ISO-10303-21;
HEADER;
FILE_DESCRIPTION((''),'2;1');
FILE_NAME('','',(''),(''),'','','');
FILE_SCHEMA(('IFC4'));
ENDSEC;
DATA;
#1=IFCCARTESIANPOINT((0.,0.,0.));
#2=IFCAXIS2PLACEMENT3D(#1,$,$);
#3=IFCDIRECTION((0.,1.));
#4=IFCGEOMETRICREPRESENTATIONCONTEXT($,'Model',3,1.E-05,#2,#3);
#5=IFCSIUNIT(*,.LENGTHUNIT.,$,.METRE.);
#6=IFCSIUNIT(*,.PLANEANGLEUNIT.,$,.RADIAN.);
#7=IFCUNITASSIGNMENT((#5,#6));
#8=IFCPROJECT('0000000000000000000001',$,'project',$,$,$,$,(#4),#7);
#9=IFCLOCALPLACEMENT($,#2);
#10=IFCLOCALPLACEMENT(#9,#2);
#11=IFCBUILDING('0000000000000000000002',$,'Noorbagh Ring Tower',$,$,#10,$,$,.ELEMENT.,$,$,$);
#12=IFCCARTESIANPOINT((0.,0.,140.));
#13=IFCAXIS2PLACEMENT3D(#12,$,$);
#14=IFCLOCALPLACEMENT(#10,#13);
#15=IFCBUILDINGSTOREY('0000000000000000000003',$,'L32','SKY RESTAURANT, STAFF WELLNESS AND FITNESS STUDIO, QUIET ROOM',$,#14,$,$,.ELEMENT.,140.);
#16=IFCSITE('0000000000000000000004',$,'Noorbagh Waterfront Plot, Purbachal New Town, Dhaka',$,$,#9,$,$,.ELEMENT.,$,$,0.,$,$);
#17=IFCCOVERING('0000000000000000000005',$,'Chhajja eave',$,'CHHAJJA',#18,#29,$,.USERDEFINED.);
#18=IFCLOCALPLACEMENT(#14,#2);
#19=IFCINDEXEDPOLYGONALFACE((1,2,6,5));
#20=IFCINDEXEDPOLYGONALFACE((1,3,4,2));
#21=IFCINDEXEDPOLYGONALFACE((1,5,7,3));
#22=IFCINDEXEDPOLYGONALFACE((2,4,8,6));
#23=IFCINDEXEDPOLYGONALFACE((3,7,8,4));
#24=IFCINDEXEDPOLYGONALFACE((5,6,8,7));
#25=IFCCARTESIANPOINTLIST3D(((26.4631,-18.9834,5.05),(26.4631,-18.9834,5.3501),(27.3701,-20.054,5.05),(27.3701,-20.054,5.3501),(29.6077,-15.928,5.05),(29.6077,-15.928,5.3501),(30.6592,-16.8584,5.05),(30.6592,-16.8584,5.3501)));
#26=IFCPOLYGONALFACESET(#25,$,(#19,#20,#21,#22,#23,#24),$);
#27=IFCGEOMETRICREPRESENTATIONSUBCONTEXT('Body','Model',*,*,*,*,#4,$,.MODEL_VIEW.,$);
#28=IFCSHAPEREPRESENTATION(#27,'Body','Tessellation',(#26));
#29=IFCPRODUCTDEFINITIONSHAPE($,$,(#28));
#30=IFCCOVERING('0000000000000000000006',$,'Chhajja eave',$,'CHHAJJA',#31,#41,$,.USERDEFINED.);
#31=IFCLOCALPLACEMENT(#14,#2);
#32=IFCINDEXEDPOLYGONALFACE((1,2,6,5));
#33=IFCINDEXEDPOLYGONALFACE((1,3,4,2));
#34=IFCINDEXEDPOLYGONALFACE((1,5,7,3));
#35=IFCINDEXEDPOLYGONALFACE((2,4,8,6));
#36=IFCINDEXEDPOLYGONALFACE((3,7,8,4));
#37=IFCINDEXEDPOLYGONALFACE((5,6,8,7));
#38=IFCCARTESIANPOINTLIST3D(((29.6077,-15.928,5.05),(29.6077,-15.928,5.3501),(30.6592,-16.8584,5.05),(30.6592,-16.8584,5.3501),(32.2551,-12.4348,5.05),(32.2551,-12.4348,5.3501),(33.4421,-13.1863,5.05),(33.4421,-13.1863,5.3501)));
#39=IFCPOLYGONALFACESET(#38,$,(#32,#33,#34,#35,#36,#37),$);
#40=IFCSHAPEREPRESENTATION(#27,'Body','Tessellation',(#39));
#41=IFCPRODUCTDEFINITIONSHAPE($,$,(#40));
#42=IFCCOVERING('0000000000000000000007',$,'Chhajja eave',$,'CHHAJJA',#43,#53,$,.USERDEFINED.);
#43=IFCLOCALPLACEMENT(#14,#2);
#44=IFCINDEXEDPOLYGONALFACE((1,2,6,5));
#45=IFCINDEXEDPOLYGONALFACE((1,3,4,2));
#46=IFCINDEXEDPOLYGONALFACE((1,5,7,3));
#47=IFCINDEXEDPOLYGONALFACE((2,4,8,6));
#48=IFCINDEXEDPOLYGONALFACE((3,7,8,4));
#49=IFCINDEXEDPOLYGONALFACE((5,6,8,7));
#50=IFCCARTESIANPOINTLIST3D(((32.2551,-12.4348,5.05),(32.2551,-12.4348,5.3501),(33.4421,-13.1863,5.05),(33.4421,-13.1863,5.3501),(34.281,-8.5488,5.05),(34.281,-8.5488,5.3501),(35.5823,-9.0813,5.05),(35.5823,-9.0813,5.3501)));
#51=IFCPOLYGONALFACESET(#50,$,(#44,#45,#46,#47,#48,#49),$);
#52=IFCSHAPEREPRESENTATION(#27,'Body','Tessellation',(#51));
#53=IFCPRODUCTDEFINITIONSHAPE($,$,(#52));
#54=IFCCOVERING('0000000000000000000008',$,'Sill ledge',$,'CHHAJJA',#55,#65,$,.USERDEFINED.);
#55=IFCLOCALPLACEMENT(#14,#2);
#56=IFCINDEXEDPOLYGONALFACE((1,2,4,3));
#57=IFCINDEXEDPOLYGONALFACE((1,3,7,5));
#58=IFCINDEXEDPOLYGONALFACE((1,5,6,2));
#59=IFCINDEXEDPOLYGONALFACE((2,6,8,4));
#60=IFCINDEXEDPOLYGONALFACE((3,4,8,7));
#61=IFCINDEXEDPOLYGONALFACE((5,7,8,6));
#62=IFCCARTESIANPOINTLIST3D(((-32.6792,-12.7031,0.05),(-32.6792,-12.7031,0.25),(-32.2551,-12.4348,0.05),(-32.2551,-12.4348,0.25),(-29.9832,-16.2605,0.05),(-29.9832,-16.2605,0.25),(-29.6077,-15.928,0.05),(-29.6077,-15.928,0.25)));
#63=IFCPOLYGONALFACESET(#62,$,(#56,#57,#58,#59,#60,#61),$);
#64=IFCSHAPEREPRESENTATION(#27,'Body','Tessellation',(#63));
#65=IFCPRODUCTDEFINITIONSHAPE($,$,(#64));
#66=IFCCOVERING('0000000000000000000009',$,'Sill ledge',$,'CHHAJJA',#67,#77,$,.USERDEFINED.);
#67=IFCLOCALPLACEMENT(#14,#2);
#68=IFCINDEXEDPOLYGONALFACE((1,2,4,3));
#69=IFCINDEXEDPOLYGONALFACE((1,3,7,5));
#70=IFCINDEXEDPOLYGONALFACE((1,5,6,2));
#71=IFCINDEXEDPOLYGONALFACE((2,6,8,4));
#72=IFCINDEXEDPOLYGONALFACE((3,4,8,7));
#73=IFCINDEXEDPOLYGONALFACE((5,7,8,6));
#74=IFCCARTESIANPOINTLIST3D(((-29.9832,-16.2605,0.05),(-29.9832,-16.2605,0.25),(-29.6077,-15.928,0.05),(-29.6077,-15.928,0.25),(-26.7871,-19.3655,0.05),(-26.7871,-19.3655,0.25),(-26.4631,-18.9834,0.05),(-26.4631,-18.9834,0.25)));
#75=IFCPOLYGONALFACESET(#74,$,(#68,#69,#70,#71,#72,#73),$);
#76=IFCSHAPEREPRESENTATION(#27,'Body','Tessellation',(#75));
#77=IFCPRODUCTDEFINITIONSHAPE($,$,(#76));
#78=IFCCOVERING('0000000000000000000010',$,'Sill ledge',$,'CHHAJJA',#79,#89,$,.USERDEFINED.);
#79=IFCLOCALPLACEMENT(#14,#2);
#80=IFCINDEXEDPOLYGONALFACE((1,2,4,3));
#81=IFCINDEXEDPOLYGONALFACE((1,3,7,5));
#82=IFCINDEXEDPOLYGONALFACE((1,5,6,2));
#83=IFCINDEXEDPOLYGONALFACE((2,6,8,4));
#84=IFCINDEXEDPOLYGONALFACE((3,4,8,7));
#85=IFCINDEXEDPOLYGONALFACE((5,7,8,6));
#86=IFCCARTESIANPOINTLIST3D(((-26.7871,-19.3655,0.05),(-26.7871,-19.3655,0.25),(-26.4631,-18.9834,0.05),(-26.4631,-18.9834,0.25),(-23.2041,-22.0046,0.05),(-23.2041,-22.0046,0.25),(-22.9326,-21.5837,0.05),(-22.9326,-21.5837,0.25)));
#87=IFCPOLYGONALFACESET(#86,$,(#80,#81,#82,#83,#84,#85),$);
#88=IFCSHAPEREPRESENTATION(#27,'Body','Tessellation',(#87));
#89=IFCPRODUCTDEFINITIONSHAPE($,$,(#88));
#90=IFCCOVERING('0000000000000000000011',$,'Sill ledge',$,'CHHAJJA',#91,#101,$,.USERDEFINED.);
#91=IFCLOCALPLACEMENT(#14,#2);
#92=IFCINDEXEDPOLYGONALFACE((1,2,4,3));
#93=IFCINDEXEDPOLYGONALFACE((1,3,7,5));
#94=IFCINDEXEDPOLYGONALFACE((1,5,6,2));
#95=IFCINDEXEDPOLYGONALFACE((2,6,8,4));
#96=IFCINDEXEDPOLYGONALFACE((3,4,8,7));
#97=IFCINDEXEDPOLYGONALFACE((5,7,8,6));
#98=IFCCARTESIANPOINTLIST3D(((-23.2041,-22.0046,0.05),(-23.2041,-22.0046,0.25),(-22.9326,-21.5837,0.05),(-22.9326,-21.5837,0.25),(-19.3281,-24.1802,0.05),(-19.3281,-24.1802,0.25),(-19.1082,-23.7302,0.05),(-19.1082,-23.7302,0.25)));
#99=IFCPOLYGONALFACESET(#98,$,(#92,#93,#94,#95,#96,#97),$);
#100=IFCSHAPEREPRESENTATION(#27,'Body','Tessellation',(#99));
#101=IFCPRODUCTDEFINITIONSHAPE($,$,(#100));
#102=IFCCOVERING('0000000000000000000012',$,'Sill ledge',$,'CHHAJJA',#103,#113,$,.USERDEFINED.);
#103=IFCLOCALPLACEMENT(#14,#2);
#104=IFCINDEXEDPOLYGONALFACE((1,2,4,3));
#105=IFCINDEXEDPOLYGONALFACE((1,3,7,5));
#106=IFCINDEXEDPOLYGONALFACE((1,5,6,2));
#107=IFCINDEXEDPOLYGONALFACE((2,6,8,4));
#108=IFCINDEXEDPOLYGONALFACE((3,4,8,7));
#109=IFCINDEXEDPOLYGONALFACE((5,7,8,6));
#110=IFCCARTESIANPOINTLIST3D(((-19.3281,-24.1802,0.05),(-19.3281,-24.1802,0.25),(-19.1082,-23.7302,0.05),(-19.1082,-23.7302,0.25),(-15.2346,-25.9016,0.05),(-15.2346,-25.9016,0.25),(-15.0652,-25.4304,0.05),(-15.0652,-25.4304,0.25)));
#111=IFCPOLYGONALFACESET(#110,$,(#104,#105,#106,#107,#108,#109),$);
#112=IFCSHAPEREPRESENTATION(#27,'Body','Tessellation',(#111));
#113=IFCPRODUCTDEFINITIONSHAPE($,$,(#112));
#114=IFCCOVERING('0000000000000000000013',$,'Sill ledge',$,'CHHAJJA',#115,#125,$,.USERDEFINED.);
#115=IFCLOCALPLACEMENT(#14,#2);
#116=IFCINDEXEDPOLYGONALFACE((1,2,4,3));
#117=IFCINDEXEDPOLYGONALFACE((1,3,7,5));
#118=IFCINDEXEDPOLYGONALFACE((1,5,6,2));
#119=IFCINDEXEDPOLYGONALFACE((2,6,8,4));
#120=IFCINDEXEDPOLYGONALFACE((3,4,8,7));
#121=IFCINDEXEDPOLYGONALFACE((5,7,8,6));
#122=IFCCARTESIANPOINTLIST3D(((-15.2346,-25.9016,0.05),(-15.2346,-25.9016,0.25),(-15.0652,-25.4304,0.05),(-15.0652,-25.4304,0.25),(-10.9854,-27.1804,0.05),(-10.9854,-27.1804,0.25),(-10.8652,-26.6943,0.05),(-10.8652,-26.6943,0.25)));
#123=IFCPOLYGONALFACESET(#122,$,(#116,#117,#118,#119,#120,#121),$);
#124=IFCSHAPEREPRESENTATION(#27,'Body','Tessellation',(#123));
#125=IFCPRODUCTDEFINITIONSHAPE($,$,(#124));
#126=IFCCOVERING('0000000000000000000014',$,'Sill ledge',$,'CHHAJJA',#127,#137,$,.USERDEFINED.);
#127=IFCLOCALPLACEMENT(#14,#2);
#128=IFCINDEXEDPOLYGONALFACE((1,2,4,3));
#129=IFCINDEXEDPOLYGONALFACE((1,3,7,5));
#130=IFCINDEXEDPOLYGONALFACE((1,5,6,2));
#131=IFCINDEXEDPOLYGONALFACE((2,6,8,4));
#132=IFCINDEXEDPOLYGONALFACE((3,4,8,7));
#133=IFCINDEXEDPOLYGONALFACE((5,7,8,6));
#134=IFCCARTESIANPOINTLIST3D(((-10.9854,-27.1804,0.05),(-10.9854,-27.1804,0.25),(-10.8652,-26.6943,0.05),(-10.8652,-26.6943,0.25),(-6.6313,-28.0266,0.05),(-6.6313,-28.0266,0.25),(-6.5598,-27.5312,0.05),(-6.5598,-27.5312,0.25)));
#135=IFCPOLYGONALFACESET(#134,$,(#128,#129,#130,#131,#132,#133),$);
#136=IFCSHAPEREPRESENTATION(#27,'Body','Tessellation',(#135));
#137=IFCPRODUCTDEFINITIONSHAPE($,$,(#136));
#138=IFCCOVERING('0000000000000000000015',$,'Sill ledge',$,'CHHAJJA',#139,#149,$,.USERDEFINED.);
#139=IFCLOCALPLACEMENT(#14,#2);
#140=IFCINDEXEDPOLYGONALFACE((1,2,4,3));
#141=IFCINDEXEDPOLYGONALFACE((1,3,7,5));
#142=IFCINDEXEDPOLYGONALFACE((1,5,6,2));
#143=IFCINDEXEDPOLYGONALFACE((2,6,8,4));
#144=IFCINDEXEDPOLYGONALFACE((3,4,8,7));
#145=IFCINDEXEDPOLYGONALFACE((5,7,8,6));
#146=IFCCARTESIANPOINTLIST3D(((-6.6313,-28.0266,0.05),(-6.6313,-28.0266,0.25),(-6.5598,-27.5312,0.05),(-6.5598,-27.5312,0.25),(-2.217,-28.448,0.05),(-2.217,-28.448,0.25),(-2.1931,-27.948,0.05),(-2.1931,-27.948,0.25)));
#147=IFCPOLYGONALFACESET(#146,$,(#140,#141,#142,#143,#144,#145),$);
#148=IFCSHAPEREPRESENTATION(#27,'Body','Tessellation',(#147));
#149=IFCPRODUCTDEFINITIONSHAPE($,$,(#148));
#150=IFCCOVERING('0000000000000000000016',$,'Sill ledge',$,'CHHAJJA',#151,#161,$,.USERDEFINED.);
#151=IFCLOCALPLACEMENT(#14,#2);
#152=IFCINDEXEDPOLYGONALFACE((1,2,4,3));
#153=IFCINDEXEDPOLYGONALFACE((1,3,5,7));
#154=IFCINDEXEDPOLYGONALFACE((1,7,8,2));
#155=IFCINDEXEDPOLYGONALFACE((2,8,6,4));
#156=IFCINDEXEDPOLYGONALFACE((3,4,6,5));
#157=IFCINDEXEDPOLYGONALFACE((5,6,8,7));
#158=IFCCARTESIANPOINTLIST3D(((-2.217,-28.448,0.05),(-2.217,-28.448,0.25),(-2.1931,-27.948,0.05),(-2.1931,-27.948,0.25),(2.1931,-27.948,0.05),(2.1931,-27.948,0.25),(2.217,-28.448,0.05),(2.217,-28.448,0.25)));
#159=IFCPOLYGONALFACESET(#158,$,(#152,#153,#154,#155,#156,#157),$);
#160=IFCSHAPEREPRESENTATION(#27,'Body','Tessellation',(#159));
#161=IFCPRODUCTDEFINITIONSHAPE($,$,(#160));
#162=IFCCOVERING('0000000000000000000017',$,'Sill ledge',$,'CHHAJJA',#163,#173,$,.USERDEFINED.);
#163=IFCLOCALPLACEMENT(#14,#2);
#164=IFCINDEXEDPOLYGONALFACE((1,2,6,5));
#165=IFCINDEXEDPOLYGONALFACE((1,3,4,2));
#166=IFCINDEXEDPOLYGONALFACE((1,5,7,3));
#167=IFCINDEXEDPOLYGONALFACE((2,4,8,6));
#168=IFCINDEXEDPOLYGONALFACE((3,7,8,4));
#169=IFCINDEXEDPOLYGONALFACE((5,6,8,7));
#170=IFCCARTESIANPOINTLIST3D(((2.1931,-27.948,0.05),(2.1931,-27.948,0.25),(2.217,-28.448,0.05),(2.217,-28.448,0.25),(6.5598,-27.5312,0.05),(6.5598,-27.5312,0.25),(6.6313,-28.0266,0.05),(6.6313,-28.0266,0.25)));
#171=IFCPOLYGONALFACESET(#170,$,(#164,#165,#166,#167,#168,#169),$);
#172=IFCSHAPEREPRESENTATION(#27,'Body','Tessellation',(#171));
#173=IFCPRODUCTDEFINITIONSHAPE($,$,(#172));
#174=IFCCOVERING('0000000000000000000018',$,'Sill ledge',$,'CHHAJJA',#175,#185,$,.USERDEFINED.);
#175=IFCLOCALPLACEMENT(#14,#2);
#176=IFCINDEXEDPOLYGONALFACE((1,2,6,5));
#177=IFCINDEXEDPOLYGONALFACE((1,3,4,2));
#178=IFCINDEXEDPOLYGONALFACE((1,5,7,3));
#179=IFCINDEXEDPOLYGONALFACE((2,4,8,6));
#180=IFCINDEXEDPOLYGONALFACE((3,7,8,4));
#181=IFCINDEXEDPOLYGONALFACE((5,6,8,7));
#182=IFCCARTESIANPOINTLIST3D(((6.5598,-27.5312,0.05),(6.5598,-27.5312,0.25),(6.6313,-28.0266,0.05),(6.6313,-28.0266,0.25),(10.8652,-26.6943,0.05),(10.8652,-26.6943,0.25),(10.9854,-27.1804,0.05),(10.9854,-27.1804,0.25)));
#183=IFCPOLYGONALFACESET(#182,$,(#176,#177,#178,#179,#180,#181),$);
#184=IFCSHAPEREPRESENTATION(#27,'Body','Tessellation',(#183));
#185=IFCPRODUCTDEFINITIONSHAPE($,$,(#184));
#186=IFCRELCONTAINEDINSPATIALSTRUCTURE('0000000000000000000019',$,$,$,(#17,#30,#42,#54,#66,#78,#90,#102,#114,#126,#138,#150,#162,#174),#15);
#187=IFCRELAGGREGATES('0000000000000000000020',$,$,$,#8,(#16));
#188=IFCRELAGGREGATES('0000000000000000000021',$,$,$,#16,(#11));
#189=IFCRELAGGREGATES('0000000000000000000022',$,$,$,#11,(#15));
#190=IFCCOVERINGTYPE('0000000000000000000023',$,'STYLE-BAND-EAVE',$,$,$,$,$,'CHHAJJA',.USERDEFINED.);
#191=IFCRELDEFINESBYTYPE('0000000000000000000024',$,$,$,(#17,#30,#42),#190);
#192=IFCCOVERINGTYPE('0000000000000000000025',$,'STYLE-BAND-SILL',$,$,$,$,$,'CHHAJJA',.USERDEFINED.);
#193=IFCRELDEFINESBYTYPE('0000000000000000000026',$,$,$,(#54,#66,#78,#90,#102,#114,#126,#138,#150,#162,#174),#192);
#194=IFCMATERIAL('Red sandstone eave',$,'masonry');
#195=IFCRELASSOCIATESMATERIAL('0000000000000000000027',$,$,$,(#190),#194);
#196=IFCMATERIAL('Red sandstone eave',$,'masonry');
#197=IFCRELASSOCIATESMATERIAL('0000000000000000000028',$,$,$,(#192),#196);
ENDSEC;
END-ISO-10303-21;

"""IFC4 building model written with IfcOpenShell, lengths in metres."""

from ifc_helpers import new_model, si_unit, direction, frame, origin, place, context, subcontext, project, spatial, polyline, outline, extrude, material, type_object, element, save


model = new_model("IFC4")

# Units and contexts
model_context = context("Model", 3, precision=1e-05, world=origin(), true_north=direction((0.0, 1.0)))
body_context = subcontext(model_context, "Body", "Model", "MODEL_VIEW")
ifc_project = project(units=[si_unit("LENGTHUNIT", "METRE"), si_unit("PLANEANGLEUNIT", "RADIAN")], contexts=[model_context])

# Site, building, storey
site_placement = place(None, origin())
site = spatial("IfcSite", under=ifc_project, at=site_placement, Name="Noorbagh Waterfront Plot, Purbachal New Town, Dhaka", CompositionType="ELEMENT", RefElevation=0.0)
building_placement = place(site_placement, origin())
building = spatial("IfcBuilding", under=site, at=building_placement, Name="Noorbagh Ring Tower", CompositionType="ELEMENT")
storey_placement = place(building_placement, frame((0.0, 0.0, 140.0)))
storey = spatial("IfcBuildingStorey", under=building, at=storey_placement, Name="L32", Description="SKY RESTAURANT, STAFF WELLNESS AND FITNESS STUDIO, QUIET ROOM", CompositionType="ELEMENT", Elevation=140.0)

# Coverings
ifc_material_1 = material(Name="Red sandstone eave", Category="masonry")
covering_type_1 = type_object("IfcCoveringType", Name="STYLE-BAND-EAVE", ElementType="CHHAJJA", PredefinedType="USERDEFINED", material=ifc_material_1)
covering_1_placement = place(storey_placement, frame((0.0, 0.0, 5.05)))
element("IfcCovering", 1, at=covering_1_placement, inside=storey, type_object=covering_type_1, Name="Chhajja eave", ObjectType="CHHAJJA", PredefinedType="USERDEFINED", context=body_context, shape_type="SweptSolid", body=[
    extrude(outline(polyline([(26.4631, -18.9834), (29.6077, -15.928), (30.6592, -16.8584), (27.3701, -20.054), (26.4631, -18.9834)])), origin(), (0.0, 0.0, 1.0), 0.3),
])
covering_2_placement = place(storey_placement, frame((0.0, 0.0, 5.05)))
element("IfcCovering", 2, at=covering_2_placement, inside=storey, type_object=covering_type_1, Name="Chhajja eave", ObjectType="CHHAJJA", PredefinedType="USERDEFINED", context=body_context, shape_type="SweptSolid", body=[
    extrude(outline(polyline([(29.6077, -15.928), (32.2551, -12.4348), (33.4421, -13.1863), (30.6592, -16.8584), (29.6077, -15.928)])), origin(), (0.0, 0.0, 1.0), 0.3),
])
covering_3_placement = place(storey_placement, frame((0.0, 0.0, 5.05)))
element("IfcCovering", 3, at=covering_3_placement, inside=storey, type_object=covering_type_1, Name="Chhajja eave", ObjectType="CHHAJJA", PredefinedType="USERDEFINED", context=body_context, shape_type="SweptSolid", body=[
    extrude(outline(polyline([(32.2551, -12.4348), (34.281, -8.5488), (35.5823, -9.0813), (33.4421, -13.1863), (32.2551, -12.4348)])), origin(), (0.0, 0.0, 1.0), 0.3),
])
ifc_material_2 = material(Name="Red sandstone eave", Category="masonry")
covering_type_2 = type_object("IfcCoveringType", Name="STYLE-BAND-SILL", ElementType="CHHAJJA", PredefinedType="USERDEFINED", material=ifc_material_2)
covering_4_placement = place(storey_placement, frame((0.0, 0.0, 0.05)))
element("IfcCovering", 4, at=covering_4_placement, inside=storey, type_object=covering_type_2, Name="Sill ledge", ObjectType="CHHAJJA", PredefinedType="USERDEFINED", context=body_context, shape_type="SweptSolid", body=[
    extrude(outline(polyline([(-32.2551, -12.4348), (-29.6077, -15.928), (-29.9832, -16.2605), (-32.6792, -12.7031), (-32.2551, -12.4348)])), origin(), (0.0, 0.0, 1.0), 0.2),
])
covering_5_placement = place(storey_placement, frame((0.0, 0.0, 0.05)))
element("IfcCovering", 5, at=covering_5_placement, inside=storey, type_object=covering_type_2, Name="Sill ledge", ObjectType="CHHAJJA", PredefinedType="USERDEFINED", context=body_context, shape_type="SweptSolid", body=[
    extrude(outline(polyline([(-29.6077, -15.928), (-26.4631, -18.9834), (-26.7871, -19.3655), (-29.9832, -16.2605), (-29.6077, -15.928)])), origin(), (0.0, 0.0, 1.0), 0.2),
])
covering_6_placement = place(storey_placement, frame((0.0, 0.0, 0.05)))
element("IfcCovering", 6, at=covering_6_placement, inside=storey, type_object=covering_type_2, Name="Sill ledge", ObjectType="CHHAJJA", PredefinedType="USERDEFINED", context=body_context, shape_type="SweptSolid", body=[
    extrude(outline(polyline([(-26.4631, -18.9834), (-22.9326, -21.5837), (-23.2041, -22.0046), (-26.7871, -19.3655), (-26.4631, -18.9834)])), origin(), (0.0, 0.0, 1.0), 0.2),
])
covering_7_placement = place(storey_placement, frame((0.0, 0.0, 0.05)))
element("IfcCovering", 7, at=covering_7_placement, inside=storey, type_object=covering_type_2, Name="Sill ledge", ObjectType="CHHAJJA", PredefinedType="USERDEFINED", context=body_context, shape_type="SweptSolid", body=[
    extrude(outline(polyline([(-22.9326, -21.5837), (-19.1082, -23.7302), (-19.3281, -24.1802), (-23.2041, -22.0046), (-22.9326, -21.5837)])), origin(), (0.0, 0.0, 1.0), 0.2),
])
covering_8_placement = place(storey_placement, frame((0.0, 0.0, 0.05)))
element("IfcCovering", 8, at=covering_8_placement, inside=storey, type_object=covering_type_2, Name="Sill ledge", ObjectType="CHHAJJA", PredefinedType="USERDEFINED", context=body_context, shape_type="SweptSolid", body=[
    extrude(outline(polyline([(-19.1082, -23.7302), (-15.0652, -25.4304), (-15.2346, -25.9016), (-19.3281, -24.1802), (-19.1082, -23.7302)])), origin(), (0.0, 0.0, 1.0), 0.2),
])
covering_9_placement = place(storey_placement, frame((0.0, 0.0, 0.05)))
element("IfcCovering", 9, at=covering_9_placement, inside=storey, type_object=covering_type_2, Name="Sill ledge", ObjectType="CHHAJJA", PredefinedType="USERDEFINED", context=body_context, shape_type="SweptSolid", body=[
    extrude(outline(polyline([(-15.0652, -25.4304), (-10.8652, -26.6943), (-10.9854, -27.1804), (-15.2346, -25.9016), (-15.0652, -25.4304)])), origin(), (0.0, 0.0, 1.0), 0.2),
])
covering_10_placement = place(storey_placement, frame((0.0, 0.0, 0.05)))
element("IfcCovering", 10, at=covering_10_placement, inside=storey, type_object=covering_type_2, Name="Sill ledge", ObjectType="CHHAJJA", PredefinedType="USERDEFINED", context=body_context, shape_type="SweptSolid", body=[
    extrude(outline(polyline([(-10.8652, -26.6943), (-6.5598, -27.5312), (-6.6313, -28.0266), (-10.9854, -27.1804), (-10.8652, -26.6943)])), origin(), (0.0, 0.0, 1.0), 0.2),
])
covering_11_placement = place(storey_placement, frame((0.0, 0.0, 0.05)))
element("IfcCovering", 11, at=covering_11_placement, inside=storey, type_object=covering_type_2, Name="Sill ledge", ObjectType="CHHAJJA", PredefinedType="USERDEFINED", context=body_context, shape_type="SweptSolid", body=[
    extrude(outline(polyline([(-6.5598, -27.5312), (-2.1931, -27.948), (-2.217, -28.448), (-6.6313, -28.0266), (-6.5598, -27.5312)])), origin(), (0.0, 0.0, 1.0), 0.2),
])
covering_12_placement = place(storey_placement, frame((0.0, 0.0, 0.05)))
element("IfcCovering", 12, at=covering_12_placement, inside=storey, type_object=covering_type_2, Name="Sill ledge", ObjectType="CHHAJJA", PredefinedType="USERDEFINED", context=body_context, shape_type="SweptSolid", body=[
    extrude(outline(polyline([(-2.1931, -27.948), (2.1931, -27.948), (2.217, -28.448), (-2.217, -28.448), (-2.1931, -27.948)])), origin(), (0.0, 0.0, 1.0), 0.2),
])
covering_13_placement = place(storey_placement, frame((0.0, 0.0, 0.05)))
element("IfcCovering", 13, at=covering_13_placement, inside=storey, type_object=covering_type_2, Name="Sill ledge", ObjectType="CHHAJJA", PredefinedType="USERDEFINED", context=body_context, shape_type="SweptSolid", body=[
    extrude(outline(polyline([(2.1931, -27.948), (6.5598, -27.5312), (6.6313, -28.0266), (2.217, -28.448), (2.1931, -27.948)])), origin(), (0.0, 0.0, 1.0), 0.2),
])
covering_14_placement = place(storey_placement, frame((0.0, 0.0, 0.05)))
element("IfcCovering", 14, at=covering_14_placement, inside=storey, type_object=covering_type_2, Name="Sill ledge", ObjectType="CHHAJJA", PredefinedType="USERDEFINED", context=body_context, shape_type="SweptSolid", body=[
    extrude(outline(polyline([(6.5598, -27.5312), (10.8652, -26.6943), (10.9854, -27.1804), (6.6313, -28.0266), (6.5598, -27.5312)])), origin(), (0.0, 0.0, 1.0), 0.2),
])

save(model, "model.ifc")
